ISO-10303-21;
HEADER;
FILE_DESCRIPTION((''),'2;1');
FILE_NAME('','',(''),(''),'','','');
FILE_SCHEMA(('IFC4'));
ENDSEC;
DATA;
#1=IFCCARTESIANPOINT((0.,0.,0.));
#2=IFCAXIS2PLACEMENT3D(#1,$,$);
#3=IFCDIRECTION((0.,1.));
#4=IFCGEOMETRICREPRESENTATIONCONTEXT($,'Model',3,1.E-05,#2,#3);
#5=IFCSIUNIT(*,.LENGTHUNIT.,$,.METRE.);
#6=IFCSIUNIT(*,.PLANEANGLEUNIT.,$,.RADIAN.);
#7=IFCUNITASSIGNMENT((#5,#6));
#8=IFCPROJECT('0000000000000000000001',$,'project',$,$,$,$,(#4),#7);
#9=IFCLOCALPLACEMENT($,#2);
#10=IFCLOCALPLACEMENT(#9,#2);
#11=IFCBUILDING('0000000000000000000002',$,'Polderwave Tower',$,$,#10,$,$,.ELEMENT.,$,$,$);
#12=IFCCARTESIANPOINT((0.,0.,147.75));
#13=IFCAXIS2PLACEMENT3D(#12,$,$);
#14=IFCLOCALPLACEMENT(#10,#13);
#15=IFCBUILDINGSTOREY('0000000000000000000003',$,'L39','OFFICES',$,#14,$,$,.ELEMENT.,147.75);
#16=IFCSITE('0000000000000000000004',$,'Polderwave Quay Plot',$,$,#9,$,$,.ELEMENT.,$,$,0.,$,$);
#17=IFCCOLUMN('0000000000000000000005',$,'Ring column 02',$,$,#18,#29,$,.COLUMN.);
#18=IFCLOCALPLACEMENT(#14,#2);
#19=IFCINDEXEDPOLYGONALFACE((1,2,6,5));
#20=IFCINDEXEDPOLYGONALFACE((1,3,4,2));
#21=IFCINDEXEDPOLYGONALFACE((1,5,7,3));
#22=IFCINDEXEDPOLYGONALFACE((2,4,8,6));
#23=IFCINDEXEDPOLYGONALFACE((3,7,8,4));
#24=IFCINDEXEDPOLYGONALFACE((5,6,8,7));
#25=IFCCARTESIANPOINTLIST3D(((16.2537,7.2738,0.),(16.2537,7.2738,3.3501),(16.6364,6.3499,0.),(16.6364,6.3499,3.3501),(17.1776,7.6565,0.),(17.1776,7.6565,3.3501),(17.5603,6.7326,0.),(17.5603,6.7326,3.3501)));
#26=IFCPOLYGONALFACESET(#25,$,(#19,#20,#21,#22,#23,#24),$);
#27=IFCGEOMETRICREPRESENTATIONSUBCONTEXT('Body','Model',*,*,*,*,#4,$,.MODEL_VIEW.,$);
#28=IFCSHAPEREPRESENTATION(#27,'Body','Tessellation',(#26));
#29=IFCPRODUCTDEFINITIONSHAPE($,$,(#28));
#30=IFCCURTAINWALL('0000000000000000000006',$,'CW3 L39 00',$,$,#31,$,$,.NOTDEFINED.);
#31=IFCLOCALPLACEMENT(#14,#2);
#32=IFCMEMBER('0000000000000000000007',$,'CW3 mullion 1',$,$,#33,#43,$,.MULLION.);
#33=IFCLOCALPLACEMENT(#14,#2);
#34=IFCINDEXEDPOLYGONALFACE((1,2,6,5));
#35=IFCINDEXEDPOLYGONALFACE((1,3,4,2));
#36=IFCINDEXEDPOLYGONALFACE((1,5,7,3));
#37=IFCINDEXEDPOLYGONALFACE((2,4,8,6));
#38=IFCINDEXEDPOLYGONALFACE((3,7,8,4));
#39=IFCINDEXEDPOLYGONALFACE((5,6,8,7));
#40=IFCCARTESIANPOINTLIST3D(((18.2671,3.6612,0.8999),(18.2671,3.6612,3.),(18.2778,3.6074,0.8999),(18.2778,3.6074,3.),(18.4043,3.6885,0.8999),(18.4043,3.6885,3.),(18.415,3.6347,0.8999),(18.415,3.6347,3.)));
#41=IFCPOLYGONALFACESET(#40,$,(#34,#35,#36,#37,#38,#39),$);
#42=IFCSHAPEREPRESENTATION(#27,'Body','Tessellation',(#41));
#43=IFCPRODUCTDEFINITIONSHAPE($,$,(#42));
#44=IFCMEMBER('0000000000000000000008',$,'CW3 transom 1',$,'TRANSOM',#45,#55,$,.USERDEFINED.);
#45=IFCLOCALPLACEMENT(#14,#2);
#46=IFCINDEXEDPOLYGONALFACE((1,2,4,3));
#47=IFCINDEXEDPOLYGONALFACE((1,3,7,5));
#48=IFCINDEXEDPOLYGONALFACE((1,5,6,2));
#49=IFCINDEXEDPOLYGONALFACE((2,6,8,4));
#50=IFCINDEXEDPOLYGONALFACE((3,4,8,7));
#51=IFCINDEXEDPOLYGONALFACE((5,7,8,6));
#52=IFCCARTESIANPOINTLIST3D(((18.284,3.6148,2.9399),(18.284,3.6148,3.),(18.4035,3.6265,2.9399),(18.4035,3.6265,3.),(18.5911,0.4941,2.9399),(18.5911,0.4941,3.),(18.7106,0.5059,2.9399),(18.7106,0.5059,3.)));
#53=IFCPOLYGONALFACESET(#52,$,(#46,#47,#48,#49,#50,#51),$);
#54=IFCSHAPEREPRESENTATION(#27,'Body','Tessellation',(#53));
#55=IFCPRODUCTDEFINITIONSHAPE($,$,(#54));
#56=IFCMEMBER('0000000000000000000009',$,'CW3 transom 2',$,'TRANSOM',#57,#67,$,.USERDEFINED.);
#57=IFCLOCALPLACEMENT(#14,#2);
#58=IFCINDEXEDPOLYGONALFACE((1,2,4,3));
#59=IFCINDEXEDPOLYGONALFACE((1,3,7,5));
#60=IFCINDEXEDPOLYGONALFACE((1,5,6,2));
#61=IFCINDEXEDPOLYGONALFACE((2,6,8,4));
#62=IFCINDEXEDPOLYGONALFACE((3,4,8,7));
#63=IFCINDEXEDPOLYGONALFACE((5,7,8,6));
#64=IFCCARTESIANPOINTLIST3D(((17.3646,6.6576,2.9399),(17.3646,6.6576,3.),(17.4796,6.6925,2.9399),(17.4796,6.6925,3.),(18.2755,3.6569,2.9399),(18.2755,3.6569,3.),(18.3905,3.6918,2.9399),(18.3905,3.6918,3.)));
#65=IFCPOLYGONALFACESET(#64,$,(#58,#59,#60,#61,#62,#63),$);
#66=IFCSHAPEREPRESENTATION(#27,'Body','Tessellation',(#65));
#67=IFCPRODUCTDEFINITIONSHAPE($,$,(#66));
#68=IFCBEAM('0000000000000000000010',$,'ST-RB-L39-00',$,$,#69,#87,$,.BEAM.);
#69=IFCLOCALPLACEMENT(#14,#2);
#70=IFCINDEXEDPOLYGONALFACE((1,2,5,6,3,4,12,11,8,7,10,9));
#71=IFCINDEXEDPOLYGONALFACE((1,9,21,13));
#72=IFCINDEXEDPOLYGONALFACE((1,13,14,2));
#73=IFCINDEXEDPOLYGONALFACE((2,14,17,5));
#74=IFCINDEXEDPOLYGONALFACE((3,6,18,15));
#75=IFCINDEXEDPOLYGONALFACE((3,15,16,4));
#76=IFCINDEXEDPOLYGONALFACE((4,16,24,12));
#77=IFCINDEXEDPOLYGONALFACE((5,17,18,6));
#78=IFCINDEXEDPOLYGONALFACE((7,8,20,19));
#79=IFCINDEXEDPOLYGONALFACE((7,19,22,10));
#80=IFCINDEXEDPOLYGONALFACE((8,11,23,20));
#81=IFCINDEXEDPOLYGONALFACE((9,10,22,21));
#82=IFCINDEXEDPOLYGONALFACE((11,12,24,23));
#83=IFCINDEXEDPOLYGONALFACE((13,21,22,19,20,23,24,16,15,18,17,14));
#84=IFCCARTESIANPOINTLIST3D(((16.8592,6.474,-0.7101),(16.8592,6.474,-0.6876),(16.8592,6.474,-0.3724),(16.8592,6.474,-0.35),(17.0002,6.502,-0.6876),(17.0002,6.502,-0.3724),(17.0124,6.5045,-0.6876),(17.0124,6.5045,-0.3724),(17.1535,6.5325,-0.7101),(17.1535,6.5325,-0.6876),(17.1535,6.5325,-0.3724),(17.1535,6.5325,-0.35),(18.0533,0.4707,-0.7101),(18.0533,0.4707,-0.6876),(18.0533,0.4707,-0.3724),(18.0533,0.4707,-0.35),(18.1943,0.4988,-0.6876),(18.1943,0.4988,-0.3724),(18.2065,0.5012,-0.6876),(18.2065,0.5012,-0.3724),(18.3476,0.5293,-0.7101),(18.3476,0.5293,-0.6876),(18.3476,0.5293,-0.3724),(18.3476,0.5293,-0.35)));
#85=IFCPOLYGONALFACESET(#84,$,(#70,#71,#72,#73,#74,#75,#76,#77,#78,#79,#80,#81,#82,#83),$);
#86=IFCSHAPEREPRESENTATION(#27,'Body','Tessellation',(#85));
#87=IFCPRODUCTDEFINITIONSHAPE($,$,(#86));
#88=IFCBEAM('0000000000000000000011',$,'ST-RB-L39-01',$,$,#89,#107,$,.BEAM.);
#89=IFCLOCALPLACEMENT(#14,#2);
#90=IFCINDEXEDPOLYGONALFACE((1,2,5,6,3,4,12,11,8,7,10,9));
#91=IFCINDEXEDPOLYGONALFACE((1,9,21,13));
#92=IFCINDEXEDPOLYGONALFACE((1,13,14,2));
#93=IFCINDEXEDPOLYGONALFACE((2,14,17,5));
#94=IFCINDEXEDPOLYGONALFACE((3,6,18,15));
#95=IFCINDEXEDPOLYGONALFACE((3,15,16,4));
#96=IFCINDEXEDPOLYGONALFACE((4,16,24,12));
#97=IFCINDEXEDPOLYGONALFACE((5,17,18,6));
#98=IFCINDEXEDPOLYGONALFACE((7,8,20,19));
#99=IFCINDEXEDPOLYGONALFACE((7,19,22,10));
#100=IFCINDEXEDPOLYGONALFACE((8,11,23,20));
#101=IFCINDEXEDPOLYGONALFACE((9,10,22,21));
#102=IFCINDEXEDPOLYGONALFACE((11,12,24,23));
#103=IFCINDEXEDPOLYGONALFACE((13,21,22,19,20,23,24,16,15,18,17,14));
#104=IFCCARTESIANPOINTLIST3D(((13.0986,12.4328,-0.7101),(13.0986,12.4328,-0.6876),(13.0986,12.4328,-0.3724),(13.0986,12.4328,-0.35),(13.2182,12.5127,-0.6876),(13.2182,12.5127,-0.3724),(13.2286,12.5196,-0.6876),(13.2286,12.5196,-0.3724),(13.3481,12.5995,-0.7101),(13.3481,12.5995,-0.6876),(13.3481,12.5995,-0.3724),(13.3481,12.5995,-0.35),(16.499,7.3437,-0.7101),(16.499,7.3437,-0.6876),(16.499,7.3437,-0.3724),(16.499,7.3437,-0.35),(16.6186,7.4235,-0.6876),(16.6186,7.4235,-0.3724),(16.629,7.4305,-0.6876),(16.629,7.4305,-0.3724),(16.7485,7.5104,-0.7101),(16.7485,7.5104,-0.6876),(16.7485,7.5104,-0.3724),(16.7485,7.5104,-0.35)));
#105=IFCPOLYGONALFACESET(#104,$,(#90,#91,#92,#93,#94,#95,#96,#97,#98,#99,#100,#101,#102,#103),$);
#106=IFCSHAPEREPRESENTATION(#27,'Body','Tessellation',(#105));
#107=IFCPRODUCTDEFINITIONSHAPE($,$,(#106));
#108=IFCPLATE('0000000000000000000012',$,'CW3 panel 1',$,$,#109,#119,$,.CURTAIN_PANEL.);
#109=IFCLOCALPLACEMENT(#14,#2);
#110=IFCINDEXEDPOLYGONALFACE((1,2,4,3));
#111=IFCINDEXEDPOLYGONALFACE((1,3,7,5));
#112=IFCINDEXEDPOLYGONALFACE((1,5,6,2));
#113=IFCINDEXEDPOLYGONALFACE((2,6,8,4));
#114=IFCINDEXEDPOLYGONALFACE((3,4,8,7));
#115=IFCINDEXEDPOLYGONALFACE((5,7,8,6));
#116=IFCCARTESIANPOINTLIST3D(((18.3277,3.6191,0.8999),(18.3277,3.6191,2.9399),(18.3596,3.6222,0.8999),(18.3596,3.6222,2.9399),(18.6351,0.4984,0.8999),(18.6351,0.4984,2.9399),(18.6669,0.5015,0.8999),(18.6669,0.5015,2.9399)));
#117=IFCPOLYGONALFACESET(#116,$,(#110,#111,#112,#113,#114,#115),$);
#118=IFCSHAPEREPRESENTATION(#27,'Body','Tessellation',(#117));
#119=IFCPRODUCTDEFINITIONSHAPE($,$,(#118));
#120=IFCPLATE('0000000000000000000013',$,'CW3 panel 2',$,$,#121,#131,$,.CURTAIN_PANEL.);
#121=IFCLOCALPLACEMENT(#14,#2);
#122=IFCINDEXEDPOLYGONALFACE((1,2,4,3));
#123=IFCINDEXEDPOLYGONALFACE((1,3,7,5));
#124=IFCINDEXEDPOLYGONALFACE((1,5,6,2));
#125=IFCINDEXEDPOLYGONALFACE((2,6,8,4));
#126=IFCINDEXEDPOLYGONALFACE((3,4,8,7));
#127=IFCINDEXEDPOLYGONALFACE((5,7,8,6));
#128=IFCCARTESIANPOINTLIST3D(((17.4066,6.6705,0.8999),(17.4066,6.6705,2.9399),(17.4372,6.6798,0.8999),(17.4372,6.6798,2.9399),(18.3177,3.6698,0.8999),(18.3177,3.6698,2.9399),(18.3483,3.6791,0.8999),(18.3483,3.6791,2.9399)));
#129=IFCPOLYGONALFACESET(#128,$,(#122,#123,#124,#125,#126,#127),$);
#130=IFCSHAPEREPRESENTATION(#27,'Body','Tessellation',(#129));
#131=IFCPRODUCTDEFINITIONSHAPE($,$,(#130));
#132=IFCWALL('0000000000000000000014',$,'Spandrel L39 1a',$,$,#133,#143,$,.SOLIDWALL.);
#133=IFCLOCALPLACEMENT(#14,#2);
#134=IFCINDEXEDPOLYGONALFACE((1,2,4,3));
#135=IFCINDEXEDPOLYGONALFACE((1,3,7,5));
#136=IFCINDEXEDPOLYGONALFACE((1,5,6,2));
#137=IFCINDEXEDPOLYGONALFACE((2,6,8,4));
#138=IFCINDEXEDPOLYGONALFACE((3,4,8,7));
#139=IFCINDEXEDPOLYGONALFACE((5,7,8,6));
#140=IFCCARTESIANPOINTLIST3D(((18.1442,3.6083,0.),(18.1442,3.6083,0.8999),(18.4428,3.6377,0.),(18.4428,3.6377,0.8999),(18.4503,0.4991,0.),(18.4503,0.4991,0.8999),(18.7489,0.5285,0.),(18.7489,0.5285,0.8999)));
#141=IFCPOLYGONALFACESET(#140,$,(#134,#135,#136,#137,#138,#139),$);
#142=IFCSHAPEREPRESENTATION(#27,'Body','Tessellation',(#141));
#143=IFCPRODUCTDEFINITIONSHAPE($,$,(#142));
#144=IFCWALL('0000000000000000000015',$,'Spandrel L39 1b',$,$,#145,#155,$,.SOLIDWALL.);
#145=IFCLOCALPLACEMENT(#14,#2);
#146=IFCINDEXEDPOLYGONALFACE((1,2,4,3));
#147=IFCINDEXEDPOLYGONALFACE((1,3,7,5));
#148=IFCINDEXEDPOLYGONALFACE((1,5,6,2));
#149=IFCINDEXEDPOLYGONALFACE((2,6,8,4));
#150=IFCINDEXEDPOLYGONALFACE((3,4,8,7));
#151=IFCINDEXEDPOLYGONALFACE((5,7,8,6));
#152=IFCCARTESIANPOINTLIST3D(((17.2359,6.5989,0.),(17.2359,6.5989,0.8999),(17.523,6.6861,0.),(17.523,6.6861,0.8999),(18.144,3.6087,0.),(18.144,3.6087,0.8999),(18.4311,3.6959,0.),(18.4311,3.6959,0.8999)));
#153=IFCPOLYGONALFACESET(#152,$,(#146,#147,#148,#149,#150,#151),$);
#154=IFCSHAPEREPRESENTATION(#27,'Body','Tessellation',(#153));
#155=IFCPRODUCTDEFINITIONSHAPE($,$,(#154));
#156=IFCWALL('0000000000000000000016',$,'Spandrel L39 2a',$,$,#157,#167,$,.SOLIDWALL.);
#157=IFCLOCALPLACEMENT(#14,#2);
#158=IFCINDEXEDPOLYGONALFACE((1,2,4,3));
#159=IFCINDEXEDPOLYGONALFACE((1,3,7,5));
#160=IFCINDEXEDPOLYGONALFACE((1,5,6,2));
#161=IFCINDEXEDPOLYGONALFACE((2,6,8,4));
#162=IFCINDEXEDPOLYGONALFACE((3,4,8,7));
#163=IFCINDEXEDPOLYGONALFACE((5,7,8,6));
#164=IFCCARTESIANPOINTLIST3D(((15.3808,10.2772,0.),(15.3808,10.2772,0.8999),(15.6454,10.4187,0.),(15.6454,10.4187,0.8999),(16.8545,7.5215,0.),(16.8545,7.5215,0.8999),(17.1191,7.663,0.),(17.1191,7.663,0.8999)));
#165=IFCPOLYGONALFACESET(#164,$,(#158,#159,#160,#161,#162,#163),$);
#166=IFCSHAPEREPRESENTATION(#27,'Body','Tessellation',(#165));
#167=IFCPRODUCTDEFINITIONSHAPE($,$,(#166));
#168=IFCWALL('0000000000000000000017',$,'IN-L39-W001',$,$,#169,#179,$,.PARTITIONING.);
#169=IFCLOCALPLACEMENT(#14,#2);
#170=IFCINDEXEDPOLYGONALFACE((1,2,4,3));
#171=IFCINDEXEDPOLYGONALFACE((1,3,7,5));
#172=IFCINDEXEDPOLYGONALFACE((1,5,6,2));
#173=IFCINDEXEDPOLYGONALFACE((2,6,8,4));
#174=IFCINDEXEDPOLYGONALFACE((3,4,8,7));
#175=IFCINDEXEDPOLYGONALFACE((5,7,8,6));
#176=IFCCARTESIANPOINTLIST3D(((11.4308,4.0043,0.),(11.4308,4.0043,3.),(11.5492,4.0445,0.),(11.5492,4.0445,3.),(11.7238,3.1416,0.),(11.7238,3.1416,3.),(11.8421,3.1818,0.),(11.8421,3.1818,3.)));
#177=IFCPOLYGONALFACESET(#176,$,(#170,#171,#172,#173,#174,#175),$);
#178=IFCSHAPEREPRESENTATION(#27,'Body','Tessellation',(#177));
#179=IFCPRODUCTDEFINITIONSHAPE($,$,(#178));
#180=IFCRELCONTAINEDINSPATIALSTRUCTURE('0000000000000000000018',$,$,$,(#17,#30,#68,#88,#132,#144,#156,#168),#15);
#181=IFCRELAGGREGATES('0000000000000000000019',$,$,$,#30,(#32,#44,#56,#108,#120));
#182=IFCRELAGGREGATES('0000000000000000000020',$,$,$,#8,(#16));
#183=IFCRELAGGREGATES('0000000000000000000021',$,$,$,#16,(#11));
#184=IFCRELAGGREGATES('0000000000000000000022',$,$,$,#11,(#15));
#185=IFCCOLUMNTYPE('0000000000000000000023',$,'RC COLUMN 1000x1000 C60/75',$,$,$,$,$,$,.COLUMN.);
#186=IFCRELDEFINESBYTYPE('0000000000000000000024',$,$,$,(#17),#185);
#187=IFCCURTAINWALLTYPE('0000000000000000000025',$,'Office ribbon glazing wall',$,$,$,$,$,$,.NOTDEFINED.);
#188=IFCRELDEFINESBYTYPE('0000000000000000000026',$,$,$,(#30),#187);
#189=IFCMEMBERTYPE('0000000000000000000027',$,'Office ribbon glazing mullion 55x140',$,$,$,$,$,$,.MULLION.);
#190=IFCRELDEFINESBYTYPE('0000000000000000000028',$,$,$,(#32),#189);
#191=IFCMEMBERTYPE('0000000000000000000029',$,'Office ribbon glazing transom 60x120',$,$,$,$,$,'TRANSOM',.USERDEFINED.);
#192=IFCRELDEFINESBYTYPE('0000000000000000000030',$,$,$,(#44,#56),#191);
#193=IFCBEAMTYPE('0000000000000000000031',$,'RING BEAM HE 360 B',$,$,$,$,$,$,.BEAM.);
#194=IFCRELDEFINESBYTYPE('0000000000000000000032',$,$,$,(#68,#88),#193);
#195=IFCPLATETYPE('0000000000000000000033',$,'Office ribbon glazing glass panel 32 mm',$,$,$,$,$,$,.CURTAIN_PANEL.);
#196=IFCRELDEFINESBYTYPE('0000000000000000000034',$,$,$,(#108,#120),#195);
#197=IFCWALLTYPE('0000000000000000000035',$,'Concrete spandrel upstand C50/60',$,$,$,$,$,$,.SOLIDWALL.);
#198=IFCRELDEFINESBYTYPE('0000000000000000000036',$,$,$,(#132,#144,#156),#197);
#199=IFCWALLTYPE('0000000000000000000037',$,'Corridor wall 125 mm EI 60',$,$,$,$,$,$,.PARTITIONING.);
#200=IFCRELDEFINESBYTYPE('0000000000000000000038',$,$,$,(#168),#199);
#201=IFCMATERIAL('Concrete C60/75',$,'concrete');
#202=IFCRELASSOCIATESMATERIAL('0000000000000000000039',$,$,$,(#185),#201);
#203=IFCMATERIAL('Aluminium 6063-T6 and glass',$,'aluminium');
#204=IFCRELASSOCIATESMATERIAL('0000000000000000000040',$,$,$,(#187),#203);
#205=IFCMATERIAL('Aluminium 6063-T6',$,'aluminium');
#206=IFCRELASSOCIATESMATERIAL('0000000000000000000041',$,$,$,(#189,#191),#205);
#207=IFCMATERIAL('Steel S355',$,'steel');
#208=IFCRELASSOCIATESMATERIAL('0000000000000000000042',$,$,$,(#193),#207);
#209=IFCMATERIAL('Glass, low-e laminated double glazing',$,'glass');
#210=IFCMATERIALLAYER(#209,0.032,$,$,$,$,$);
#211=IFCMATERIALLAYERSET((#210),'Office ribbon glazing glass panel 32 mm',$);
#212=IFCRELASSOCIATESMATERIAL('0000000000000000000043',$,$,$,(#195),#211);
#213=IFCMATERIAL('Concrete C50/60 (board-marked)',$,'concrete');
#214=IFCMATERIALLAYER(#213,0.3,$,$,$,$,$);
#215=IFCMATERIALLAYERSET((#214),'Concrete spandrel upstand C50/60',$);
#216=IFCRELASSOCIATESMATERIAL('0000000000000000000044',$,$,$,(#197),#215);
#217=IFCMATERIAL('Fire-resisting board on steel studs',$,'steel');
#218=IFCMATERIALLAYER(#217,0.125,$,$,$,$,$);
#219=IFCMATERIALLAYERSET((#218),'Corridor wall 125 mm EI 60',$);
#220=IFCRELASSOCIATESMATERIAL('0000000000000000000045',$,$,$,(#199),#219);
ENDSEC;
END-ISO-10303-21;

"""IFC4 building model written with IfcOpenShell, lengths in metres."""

from ifc_helpers import new_model, si_unit, direction, frame, frame_2d, origin, origin_2d, place, context, subcontext, project, spatial, rectangle, i_section, extrude, material, layer, layer_set, material_profile, profile_set, type_object, element, aggregate, save


model = new_model("IFC4")

# Units and contexts
model_context = context("Model", 3, precision=1e-05, world=origin(), true_north=direction((0.0, 1.0)))
body_context = subcontext(model_context, "Body", "Model", "MODEL_VIEW")
ifc_project = project(units=[si_unit("LENGTHUNIT", "METRE"), si_unit("PLANEANGLEUNIT", "RADIAN")], contexts=[model_context])

# Site, building, storey
site_placement = place(None, origin())
site = spatial("IfcSite", under=ifc_project, at=site_placement, Name="Polderwave Quay Plot", CompositionType="ELEMENT", RefElevation=0.0)
building_placement = place(site_placement, origin())
building = spatial("IfcBuilding", under=site, at=building_placement, Name="Polderwave Tower", CompositionType="ELEMENT")
storey_placement = place(building_placement, frame((0.0, 0.0, 147.75)))
storey = spatial("IfcBuildingStorey", under=building, at=storey_placement, Name="L39", Description="OFFICES", CompositionType="ELEMENT", Elevation=147.75)

# Column
ifc_material_1 = material(Name="Concrete C60/75", Category="concrete")
ifc_material_profile_1 = material_profile(ifc_material_1, rectangle(XDim=1.0, YDim=1.0, at=origin_2d()), Name="RC 1000x1000")
ifc_profile_set_1 = profile_set([ifc_material_profile_1], Name="Concrete C60/75")
column_type = type_object("IfcColumnType", Name="RC COLUMN 1000x1000 C60/75", PredefinedType="COLUMN", material=ifc_profile_set_1)
column_placement = place(storey_placement, frame((16.907, 7.0032, 0.0), z_axis=(0.0, 0.0, 1.0), x_axis=(0.92388, 0.382683, 0.0)))
element("IfcColumn", 1, at=column_placement, inside=storey, type_object=column_type, Name="Ring column 02", PredefinedType="COLUMN", context=body_context, shape_type="SweptSolid", body=[
    extrude(rectangle(XDim=1.0, YDim=1.0, at=origin_2d()), origin(), (0.0, 0.0, 1.0), 3.3501),
])

# Curtain wall, members
ifc_material_2 = material(Name="Aluminium 6063-T6 and glass", Category="aluminium")
curtain_wall_type = type_object("IfcCurtainWallType", Name="Office ribbon glazing wall", PredefinedType="NOTDEFINED", material=ifc_material_2)
curtain_wall_placement = place(storey_placement, origin())
curtain_wall = element("IfcCurtainWall", 2, at=curtain_wall_placement, inside=storey, type_object=curtain_wall_type, Name="CW3 L39 00", PredefinedType="NOTDEFINED")
ifc_material_3 = material(Name="Aluminium 6063-T6", Category="aluminium")
ifc_material_profile_2 = material_profile(ifc_material_3, rectangle(XDim=0.1399, YDim=0.0549, at=origin_2d()), Name="AL 55x140")
ifc_profile_set_2 = profile_set([ifc_material_profile_2], Name="Aluminium 6063-T6")
member_type_1 = type_object("IfcMemberType", Name="Office ribbon glazing mullion 55x140", PredefinedType="MULLION", material=ifc_profile_set_2)
member_1_placement = place(storey_placement, frame((18.3411, 3.6479, 0.8999), z_axis=(0.0, 0.0, 1.0), x_axis=(-0.980764, -0.195196, 0.0)))
member_1 = element("IfcMember", 3, at=member_1_placement, type_object=member_type_1, Name="CW3 mullion 1", PredefinedType="MULLION", context=body_context, shape_type="SweptSolid", body=[
    extrude(rectangle(XDim=0.1399, YDim=0.0549, at=origin_2d()), origin(), (0.0, 0.0, 1.0), 2.1001),
])
ifc_material_profile_3 = material_profile(ifc_material_3, rectangle(XDim=0.1201, YDim=0.0601, at=origin_2d()), Name="AL 60x120")
ifc_profile_set_3 = profile_set([ifc_material_profile_3], Name="Aluminium 6063-T6")
member_type_2 = type_object("IfcMemberType", Name="Office ribbon glazing transom 60x120", ElementType="TRANSOM", PredefinedType="USERDEFINED", material=ifc_profile_set_3)
member_2_placement = place(storey_placement, frame((18.6509, 0.5, 2.97), z_axis=(-0.097946, 0.995192, 0.0), x_axis=(-0.995192, -0.097946, 0.0)))
member_2 = element("IfcMember", 4, at=member_2_placement, type_object=member_type_2, Name="CW3 transom 1", ObjectType="TRANSOM", PredefinedType="USERDEFINED", context=body_context, shape_type="SweptSolid", body=[
    extrude(rectangle(XDim=0.1201, YDim=0.0601, at=origin_2d()), origin(), (0.0, 0.0, 1.0), 3.1357),
])
member_3_placement = place(storey_placement, frame((18.333, 3.6743, 2.97), z_axis=(-0.290468, 0.956885, 0.0), x_axis=(-0.956885, -0.290468, 0.0)))
member_3 = element("IfcMember", 5, at=member_3_placement, type_object=member_type_2, Name="CW3 transom 2", ObjectType="TRANSOM", PredefinedType="USERDEFINED", context=body_context, shape_type="SweptSolid", body=[
    extrude(rectangle(XDim=0.1201, YDim=0.0601, at=origin_2d()), origin(), (0.0, 0.0, 1.0), 3.136),
])

# Beams
ifc_material_4 = material(Name="Steel S355", Category="steel")
ifc_material_profile_4 = material_profile(ifc_material_4, i_section(OverallWidth=0.3, OverallDepth=0.3601, WebThickness=0.0125, FlangeThickness=0.0225, at=origin_2d()), Name="HE 360 B")
ifc_profile_set_4 = profile_set([ifc_material_profile_4], Name="Steel S355")
beam_type = type_object("IfcBeamType", Name="RING BEAM HE 360 B", PredefinedType="BEAM", material=ifc_profile_set_4)
beam_1_placement = place(storey_placement, frame((18.2004, 0.5, -0.53), z_axis=(-0.195088, 0.980786, 0.0), x_axis=(-0.980786, -0.195088, 0.0)))
element("IfcBeam", 6, at=beam_1_placement, inside=storey, type_object=beam_type, Name="ST-RB-L39-00", PredefinedType="BEAM", context=body_context, shape_type="SweptSolid", body=[
    extrude(i_section(OverallWidth=0.3, OverallDepth=0.3601, WebThickness=0.0125, FlangeThickness=0.0225, at=origin_2d()), origin(), (0.0, 0.0, 1.0), 6.1208),
])
beam_2_placement = place(storey_placement, frame((16.6238, 7.427, -0.53), z_axis=(-0.555565, 0.831473, 0.0), x_axis=(-0.831473, -0.555565, 0.0)))
element("IfcBeam", 7, at=beam_2_placement, inside=storey, type_object=beam_type, Name="ST-RB-L39-01", PredefinedType="BEAM", context=body_context, shape_type="SweptSolid", body=[
    extrude(i_section(OverallWidth=0.3, OverallDepth=0.3601, WebThickness=0.0125, FlangeThickness=0.0225, at=origin_2d()), origin(), (0.0, 0.0, 1.0), 6.1206),
])

# Plates
ifc_material_5 = material(Name="Glass, low-e laminated double glazing", Category="glass")
ifc_layer_1 = layer(ifc_material_5, 0.032)
ifc_layer_set_1 = layer_set([ifc_layer_1], Name="Office ribbon glazing glass panel 32 mm")
plate_type = type_object("IfcPlateType", Name="Office ribbon glazing glass panel 32 mm", PredefinedType="CURTAIN_PANEL", material=ifc_layer_set_1)
plate_1_placement = place(storey_placement, frame((18.4973, 2.0603, 0.8999), z_axis=(0.0, 0.0, 1.0), x_axis=(-0.098002, 0.995186, 0.0)))
plate_1 = element("IfcPlate", 8, at=plate_1_placement, type_object=plate_type, Name="CW3 panel 1", PredefinedType="CURTAIN_PANEL", context=body_context, shape_type="SweptSolid", body=[
    extrude(rectangle(XDim=3.1357, YDim=0.032, at=origin_2d()), origin(), (0.0, 0.0, 1.0), 2.04),
])
plate_2_placement = place(storey_placement, frame((17.8774, 5.1748, 0.8999), z_axis=(0.0, 0.0, 1.0), x_axis=(-0.290507, 0.956873, 0.0)))
plate_2 = element("IfcPlate", 9, at=plate_2_placement, type_object=plate_type, Name="CW3 panel 2", PredefinedType="CURTAIN_PANEL", context=body_context, shape_type="SweptSolid", body=[
    extrude(rectangle(XDim=3.136, YDim=0.032, at=origin_2d()), origin(), (0.0, 0.0, 1.0), 2.04),
])
aggregate(curtain_wall, [member_1, member_2, member_3, plate_1, plate_2])

# Walls
ifc_material_6 = material(Name="Concrete C50/60 (board-marked)", Category="concrete")
ifc_layer_2 = layer(ifc_material_6, 0.3)
ifc_layer_set_2 = layer_set([ifc_layer_2], Name="Concrete spandrel upstand C50/60")
wall_type_1 = type_object("IfcWallType", Name="Concrete spandrel upstand C50/60", PredefinedType="SOLIDWALL", material=ifc_layer_set_2)
wall_1_placement = place(storey_placement, frame((18.5996, 0.5139, 0.0), z_axis=(0.0, 0.0, 1.0), x_axis=(-0.097995, 0.995187, 0.0)))
element("IfcWall", 10, at=wall_1_placement, inside=storey, type_object=wall_type_1, Name="Spandrel L39 1a", PredefinedType="SOLIDWALL", context=body_context, shape_type="SweptSolid", body=[
    extrude(rectangle(XDim=3.1243, YDim=0.3, at=frame_2d((1.562, 0.0))), origin(), (0.0, 0.0, 1.0), 0.8999),
])
for number, where, z_axis, x_axis, name in (
    (11, (18.2876, 3.6523, 0.0), (0.0, 0.0, 1.0), (-0.290614, 0.95684, 0.0), "Spandrel L39 1b"),
    (12, (16.9868, 7.5923, 0.0), (0.0, 0.0, 1.0), (-0.471577, 0.881825, 0.0), "Spandrel L39 2a"),
):
    element("IfcWall", number, at=place(storey_placement, frame(where, z_axis=z_axis, x_axis=x_axis)), inside=storey, type_object=wall_type_1, Name=name, PredefinedType="SOLIDWALL", context=body_context, shape_type="SweptSolid", body=[
        extrude(rectangle(XDim=3.125, YDim=0.3, at=frame_2d((1.5625, 0.0))), origin(), (0.0, 0.0, 1.0), 0.8999),
    ])
ifc_material_7 = material(Name="Fire-resisting board on steel studs", Category="steel")
ifc_layer_3 = layer(ifc_material_7, 0.125)
ifc_layer_set_3 = layer_set([ifc_layer_3], Name="Corridor wall 125 mm EI 60")
wall_type_2 = type_object("IfcWallType", Name="Corridor wall 125 mm EI 60", PredefinedType="PARTITIONING", material=ifc_layer_set_3)
wall_2_placement = place(storey_placement, frame((11.49, 4.0244, 0.0), z_axis=(0.0, 0.0, 1.0), x_axis=(0.321528, -0.9469, 0.0)))
element("IfcWall", 13, at=wall_2_placement, inside=storey, type_object=wall_type_2, Name="IN-L39-W001", PredefinedType="PARTITIONING", context=body_context, shape_type="SweptSolid", body=[
    extrude(rectangle(XDim=0.9111, YDim=0.125, at=frame_2d((0.4556, 0.0))), origin(), (0.0, 0.0, 1.0), 3.0),
])

save(model, "model.ifc")
